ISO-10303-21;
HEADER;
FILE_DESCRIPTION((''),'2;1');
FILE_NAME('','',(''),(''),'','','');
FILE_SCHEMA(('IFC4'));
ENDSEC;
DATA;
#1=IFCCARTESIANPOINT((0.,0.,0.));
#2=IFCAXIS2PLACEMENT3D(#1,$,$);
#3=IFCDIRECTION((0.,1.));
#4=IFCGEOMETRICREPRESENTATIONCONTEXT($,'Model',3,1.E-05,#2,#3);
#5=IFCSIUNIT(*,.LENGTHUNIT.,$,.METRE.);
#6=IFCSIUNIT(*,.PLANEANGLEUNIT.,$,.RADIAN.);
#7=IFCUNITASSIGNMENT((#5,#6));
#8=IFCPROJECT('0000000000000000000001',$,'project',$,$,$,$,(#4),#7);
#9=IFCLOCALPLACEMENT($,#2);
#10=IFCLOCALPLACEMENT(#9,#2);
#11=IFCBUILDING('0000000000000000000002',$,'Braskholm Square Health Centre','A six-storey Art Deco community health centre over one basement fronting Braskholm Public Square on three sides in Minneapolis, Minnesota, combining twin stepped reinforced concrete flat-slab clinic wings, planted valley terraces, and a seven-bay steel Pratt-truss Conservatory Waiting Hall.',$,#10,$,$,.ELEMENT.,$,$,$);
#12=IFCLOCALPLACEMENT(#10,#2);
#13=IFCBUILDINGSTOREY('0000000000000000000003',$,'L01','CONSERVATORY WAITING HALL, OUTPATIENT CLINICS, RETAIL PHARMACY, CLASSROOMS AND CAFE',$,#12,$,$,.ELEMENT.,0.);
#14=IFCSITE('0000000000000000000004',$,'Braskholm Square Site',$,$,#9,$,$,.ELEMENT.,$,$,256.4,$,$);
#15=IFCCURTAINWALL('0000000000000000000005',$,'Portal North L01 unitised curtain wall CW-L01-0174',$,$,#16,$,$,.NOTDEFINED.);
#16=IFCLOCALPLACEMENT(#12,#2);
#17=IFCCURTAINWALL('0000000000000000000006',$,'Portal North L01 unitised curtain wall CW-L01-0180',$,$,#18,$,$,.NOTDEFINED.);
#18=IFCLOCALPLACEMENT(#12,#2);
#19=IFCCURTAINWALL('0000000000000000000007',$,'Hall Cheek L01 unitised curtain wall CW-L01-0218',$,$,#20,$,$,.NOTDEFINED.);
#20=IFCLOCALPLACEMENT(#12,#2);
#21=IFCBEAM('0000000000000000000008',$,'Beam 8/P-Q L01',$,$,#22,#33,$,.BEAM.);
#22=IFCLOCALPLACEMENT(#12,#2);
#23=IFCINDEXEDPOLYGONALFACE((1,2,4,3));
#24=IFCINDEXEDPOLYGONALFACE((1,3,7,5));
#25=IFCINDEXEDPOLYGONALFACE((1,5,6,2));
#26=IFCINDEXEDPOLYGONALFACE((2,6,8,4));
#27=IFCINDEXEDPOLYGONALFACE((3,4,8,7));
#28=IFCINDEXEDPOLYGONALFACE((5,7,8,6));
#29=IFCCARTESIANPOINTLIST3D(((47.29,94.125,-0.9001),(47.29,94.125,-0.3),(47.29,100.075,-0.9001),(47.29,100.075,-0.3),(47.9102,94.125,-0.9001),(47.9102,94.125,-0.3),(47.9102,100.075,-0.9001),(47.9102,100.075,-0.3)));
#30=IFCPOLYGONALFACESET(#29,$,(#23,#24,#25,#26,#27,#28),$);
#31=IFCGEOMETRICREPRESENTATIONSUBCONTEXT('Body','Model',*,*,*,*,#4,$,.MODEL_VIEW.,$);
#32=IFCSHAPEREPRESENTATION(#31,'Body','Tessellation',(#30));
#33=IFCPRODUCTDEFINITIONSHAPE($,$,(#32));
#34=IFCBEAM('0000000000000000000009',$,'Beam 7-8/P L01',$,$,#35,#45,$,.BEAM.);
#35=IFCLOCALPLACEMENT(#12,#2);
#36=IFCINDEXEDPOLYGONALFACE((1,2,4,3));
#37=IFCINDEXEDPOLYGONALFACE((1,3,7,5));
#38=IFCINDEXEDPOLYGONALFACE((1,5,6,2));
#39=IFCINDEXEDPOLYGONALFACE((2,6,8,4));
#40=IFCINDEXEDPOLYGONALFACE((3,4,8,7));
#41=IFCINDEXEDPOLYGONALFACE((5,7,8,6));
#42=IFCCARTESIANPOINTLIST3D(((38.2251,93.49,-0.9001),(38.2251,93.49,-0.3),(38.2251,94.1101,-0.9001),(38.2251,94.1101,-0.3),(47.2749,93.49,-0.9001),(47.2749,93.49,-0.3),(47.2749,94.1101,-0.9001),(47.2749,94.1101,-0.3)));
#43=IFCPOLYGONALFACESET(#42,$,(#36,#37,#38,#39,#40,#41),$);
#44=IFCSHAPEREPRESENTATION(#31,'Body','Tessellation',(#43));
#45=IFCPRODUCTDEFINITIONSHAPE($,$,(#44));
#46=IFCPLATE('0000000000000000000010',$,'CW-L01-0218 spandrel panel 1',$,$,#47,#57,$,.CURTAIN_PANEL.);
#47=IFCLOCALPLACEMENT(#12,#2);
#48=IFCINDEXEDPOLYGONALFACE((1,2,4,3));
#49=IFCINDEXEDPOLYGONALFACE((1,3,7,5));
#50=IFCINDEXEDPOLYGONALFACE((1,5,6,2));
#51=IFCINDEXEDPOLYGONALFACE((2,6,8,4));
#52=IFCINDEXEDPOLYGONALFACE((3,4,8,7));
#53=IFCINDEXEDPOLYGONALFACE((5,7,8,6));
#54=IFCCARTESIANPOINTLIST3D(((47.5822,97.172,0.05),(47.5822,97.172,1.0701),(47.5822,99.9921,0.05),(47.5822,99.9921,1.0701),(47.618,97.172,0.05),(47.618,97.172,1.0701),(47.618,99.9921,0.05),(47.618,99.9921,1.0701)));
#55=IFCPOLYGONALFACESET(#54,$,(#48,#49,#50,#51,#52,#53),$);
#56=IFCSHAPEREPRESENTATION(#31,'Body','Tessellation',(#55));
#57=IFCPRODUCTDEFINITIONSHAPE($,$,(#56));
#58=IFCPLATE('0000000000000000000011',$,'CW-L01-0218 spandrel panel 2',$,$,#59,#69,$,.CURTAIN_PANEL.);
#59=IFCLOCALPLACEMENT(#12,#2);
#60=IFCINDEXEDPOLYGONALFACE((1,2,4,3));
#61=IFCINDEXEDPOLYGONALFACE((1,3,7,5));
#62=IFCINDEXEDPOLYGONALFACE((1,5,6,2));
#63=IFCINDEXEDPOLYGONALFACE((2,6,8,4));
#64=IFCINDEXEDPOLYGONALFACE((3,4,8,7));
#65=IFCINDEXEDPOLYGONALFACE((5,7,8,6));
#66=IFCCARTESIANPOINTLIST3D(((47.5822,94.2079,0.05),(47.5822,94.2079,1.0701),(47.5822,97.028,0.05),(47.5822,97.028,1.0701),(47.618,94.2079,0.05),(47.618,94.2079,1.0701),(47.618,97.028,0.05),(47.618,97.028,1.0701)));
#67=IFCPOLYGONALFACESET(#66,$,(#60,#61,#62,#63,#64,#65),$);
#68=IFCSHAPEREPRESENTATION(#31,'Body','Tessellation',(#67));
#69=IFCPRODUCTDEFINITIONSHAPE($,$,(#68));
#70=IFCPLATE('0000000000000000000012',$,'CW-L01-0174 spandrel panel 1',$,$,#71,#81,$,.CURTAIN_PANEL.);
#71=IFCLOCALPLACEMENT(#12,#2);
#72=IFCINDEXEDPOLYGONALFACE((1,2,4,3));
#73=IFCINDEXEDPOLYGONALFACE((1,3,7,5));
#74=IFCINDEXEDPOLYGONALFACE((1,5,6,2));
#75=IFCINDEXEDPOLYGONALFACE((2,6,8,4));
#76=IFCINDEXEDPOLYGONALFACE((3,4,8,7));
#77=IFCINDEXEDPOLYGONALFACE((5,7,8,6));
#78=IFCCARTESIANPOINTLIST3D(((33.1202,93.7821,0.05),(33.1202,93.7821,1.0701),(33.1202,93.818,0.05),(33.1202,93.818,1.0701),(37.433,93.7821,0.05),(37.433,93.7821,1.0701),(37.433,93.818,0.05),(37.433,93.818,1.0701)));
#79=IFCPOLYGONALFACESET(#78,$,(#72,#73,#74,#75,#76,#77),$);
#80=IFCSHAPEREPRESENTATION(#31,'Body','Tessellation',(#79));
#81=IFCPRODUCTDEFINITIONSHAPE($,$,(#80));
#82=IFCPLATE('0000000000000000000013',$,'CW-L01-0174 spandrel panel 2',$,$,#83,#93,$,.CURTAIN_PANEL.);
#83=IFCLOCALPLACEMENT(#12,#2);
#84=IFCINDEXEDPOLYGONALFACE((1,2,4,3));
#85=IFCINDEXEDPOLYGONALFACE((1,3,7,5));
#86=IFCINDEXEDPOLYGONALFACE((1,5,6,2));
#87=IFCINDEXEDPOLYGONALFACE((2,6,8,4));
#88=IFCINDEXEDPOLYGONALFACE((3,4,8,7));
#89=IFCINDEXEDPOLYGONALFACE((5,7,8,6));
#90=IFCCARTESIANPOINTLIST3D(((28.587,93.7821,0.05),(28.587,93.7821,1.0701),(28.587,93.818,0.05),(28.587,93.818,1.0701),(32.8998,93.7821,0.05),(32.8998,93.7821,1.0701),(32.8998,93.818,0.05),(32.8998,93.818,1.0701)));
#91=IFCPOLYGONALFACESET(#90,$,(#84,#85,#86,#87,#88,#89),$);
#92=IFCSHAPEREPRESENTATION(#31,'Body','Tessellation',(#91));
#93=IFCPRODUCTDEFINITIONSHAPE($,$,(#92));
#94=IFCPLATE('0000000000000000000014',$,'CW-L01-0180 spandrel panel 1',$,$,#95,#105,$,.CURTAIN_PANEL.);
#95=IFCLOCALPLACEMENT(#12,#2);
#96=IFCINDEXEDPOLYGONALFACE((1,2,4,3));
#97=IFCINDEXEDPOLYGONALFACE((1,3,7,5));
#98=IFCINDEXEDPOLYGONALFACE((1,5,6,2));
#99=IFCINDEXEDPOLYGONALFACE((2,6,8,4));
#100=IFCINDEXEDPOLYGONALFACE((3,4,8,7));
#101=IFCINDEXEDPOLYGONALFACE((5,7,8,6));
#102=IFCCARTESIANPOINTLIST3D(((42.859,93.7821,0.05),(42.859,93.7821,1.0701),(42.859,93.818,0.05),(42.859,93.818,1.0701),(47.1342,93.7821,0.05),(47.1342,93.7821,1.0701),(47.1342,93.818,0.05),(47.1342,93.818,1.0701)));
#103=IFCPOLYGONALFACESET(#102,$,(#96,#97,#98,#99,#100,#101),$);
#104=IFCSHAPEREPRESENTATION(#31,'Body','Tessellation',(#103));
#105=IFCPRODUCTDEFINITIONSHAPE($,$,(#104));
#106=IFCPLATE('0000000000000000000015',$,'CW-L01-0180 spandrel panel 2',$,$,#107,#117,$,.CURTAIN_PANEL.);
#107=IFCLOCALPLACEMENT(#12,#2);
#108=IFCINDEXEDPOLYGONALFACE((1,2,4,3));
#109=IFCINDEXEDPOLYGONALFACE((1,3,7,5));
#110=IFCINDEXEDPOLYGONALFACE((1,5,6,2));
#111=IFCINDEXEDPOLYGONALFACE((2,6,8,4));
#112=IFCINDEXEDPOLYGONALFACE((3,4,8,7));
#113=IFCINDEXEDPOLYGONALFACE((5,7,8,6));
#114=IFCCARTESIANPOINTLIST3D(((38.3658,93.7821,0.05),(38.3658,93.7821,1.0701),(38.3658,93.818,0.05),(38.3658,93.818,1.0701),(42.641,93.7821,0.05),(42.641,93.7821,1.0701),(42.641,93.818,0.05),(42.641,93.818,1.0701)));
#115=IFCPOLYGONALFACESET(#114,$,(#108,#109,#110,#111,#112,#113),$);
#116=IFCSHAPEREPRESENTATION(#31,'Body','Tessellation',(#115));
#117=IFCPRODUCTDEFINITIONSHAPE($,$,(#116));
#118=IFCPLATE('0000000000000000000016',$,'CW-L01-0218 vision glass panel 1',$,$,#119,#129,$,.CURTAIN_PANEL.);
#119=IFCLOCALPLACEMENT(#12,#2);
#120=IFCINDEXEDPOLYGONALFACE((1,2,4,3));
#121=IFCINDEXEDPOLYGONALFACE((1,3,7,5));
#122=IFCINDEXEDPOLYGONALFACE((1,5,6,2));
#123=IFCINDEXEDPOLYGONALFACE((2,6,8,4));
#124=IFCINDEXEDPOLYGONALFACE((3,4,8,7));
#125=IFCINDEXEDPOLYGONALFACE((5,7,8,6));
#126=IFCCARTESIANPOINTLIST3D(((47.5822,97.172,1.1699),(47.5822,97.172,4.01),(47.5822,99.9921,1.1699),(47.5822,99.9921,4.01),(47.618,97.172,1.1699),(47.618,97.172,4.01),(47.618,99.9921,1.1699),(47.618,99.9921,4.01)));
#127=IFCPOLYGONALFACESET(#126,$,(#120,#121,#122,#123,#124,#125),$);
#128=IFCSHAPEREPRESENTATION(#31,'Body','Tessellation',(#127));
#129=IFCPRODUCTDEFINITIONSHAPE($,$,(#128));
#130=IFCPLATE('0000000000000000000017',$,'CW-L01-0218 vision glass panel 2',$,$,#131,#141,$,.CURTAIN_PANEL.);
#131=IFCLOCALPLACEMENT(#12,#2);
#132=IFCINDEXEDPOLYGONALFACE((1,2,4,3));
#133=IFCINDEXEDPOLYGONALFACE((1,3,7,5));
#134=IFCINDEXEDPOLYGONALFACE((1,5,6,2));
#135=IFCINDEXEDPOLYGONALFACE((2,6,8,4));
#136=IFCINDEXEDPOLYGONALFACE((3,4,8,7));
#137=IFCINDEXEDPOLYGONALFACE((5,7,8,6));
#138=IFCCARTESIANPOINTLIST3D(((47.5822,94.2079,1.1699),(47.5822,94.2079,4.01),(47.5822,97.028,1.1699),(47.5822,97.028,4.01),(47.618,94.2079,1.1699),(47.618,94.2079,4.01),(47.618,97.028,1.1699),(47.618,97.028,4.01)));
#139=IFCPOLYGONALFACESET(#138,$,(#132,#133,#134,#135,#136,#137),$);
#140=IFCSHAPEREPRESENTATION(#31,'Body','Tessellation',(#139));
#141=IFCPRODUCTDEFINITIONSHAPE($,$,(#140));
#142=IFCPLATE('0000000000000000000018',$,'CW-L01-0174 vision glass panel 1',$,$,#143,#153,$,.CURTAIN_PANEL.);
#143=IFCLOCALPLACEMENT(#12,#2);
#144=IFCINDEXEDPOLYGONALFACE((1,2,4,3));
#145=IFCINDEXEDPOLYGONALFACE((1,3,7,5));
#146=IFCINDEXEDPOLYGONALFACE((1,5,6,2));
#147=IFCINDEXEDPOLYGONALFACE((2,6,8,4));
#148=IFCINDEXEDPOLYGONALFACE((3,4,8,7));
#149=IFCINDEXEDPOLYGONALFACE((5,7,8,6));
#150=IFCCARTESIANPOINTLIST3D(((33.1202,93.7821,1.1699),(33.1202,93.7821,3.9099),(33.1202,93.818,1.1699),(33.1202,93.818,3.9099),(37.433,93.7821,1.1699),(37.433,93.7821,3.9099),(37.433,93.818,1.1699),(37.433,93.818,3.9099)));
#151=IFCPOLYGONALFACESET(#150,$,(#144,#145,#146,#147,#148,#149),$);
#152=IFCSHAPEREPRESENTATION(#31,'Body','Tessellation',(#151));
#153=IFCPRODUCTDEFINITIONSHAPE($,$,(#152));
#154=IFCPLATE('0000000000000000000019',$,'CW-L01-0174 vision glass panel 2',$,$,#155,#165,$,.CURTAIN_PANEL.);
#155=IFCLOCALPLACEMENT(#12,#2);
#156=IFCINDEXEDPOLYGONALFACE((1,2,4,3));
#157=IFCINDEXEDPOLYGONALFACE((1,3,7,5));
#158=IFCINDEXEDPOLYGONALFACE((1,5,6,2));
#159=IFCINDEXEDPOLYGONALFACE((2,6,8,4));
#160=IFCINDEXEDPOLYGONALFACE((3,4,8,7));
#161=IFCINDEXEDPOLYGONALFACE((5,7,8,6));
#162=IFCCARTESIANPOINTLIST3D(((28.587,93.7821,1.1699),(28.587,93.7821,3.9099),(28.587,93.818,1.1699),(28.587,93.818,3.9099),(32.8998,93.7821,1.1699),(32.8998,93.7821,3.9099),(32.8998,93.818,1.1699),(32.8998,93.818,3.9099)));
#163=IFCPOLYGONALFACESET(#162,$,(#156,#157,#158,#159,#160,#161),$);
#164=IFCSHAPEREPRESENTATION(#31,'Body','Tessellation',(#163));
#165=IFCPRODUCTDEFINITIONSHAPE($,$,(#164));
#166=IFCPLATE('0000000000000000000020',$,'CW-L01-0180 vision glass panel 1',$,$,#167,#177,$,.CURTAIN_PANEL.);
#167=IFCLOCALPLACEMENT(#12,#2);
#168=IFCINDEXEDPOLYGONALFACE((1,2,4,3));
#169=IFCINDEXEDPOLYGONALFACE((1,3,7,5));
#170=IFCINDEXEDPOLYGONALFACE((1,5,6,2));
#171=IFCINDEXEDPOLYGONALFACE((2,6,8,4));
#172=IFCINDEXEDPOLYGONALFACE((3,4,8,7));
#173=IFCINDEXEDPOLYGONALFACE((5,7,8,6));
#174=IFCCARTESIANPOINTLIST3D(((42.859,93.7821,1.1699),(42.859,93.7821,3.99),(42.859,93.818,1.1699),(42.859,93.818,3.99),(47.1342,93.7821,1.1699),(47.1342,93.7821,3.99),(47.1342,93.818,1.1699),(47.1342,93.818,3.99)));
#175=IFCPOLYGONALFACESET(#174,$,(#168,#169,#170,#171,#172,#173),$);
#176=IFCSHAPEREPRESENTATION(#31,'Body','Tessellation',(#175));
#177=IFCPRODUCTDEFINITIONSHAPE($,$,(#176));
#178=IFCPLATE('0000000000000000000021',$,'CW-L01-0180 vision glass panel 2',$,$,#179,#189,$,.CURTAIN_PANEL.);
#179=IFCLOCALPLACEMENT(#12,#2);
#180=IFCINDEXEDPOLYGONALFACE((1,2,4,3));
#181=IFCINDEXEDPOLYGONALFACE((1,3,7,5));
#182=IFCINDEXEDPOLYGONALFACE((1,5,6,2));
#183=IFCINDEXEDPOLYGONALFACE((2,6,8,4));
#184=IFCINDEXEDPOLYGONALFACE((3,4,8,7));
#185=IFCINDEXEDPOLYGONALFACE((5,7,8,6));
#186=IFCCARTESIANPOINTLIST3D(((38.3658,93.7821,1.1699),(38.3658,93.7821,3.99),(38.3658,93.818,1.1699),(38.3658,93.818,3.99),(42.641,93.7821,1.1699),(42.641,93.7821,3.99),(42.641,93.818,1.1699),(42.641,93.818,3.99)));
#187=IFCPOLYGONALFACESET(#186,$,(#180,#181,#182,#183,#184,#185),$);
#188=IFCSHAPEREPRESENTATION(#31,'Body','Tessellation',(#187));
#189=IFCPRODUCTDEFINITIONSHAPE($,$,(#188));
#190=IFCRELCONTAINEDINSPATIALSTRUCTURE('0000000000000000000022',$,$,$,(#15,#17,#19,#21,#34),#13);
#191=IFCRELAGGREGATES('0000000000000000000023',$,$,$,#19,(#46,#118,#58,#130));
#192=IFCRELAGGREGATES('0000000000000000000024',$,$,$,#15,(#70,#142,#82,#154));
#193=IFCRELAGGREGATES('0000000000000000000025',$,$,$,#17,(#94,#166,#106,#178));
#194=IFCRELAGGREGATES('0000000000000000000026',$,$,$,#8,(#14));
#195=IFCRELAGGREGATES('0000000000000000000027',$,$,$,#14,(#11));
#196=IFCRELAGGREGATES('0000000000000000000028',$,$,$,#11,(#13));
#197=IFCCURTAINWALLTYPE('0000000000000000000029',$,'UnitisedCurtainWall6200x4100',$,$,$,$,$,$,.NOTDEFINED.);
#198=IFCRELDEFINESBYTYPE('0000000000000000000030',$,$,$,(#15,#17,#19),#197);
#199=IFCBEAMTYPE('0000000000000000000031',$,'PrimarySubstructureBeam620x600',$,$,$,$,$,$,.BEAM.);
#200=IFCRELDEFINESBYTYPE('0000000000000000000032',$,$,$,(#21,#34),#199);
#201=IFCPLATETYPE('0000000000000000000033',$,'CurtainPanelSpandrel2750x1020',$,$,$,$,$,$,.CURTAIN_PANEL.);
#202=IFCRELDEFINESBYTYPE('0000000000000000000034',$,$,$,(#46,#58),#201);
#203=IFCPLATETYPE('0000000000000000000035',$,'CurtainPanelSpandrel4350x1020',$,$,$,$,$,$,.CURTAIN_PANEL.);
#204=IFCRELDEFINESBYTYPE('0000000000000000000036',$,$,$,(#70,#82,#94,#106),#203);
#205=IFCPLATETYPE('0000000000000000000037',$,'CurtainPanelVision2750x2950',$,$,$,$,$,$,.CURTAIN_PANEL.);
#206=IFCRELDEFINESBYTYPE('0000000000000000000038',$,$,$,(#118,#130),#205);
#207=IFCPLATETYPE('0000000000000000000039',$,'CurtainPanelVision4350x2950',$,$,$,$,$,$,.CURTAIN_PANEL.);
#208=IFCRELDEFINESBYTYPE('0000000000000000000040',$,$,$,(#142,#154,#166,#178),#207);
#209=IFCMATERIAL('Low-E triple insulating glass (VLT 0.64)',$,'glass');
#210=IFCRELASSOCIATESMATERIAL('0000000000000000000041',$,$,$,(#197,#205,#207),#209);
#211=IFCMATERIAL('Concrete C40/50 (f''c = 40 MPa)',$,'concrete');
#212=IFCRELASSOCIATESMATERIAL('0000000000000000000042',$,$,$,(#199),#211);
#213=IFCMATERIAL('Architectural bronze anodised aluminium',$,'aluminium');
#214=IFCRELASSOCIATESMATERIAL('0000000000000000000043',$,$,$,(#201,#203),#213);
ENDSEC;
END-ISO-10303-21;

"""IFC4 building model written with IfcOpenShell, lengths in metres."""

from ifc_helpers import new_model, si_unit, direction, frame, origin, origin_2d, place, context, subcontext, project, spatial, rectangle, extrude, material, material_profile, profile_set, type_object, element, aggregate, save


model = new_model("IFC4")

# Units and contexts
model_context = context("Model", 3, precision=1e-05, world=origin(), true_north=direction((0.0, 1.0)))
body_context = subcontext(model_context, "Body", "Model", "MODEL_VIEW")
ifc_project = project(units=[si_unit("LENGTHUNIT", "METRE"), si_unit("PLANEANGLEUNIT", "RADIAN")], contexts=[model_context])

# Site, building, storey
site_placement = place(None, origin())
site = spatial("IfcSite", under=ifc_project, at=site_placement, Name="Braskholm Square Site", CompositionType="ELEMENT", RefElevation=256.4)
building_placement = place(site_placement, origin())
building = spatial("IfcBuilding", under=site, at=building_placement, Name="Braskholm Square Health Centre", Description="A six-storey Art Deco community health centre over one basement fronting Braskholm Public Square on three sides in Minneapolis, Minnesota, combining twin stepped reinforced concrete flat-slab clinic wings, planted valley terraces, and a seven-bay steel Pratt-truss Conservatory Waiting Hall.", CompositionType="ELEMENT")
storey_placement = place(building_placement, origin())
storey = spatial("IfcBuildingStorey", under=building, at=storey_placement, Name="L01", Description="CONSERVATORY WAITING HALL, OUTPATIENT CLINICS, RETAIL PHARMACY, CLASSROOMS AND CAFE", CompositionType="ELEMENT", Elevation=0.0)

# Shared definitions
ifc_material_1 = material(Name="Concrete C40/50 (f'c = 40 MPa)", Category="concrete")

# Curtain walls
ifc_material_2 = material(Name="Low-E triple insulating glass (VLT 0.64)", Category="glass")
curtain_wall_type = type_object("IfcCurtainWallType", Name="UnitisedCurtainWall6200x4100", PredefinedType="NOTDEFINED", material=ifc_material_2)
curtain_wall_1_placement = place(storey_placement, origin())
curtain_wall_1 = element("IfcCurtainWall", 1, at=curtain_wall_1_placement, inside=storey, type_object=curtain_wall_type, Name="Portal North L01 unitised curtain wall CW-L01-0174", PredefinedType="NOTDEFINED")
ifc_material_3 = material(Name="Architectural bronze anodised aluminium", Category="aluminium")
curtain_wall_2_placement = place(storey_placement, origin())
curtain_wall_2 = element("IfcCurtainWall", 2, at=curtain_wall_2_placement, inside=storey, type_object=curtain_wall_type, Name="Portal North L01 unitised curtain wall CW-L01-0180", PredefinedType="NOTDEFINED")
curtain_wall_3_placement = place(storey_placement, origin())
curtain_wall_3 = element("IfcCurtainWall", 3, at=curtain_wall_3_placement, inside=storey, type_object=curtain_wall_type, Name="Hall Cheek L01 unitised curtain wall CW-L01-0218", PredefinedType="NOTDEFINED")

# Beams
ifc_material_profile_1 = material_profile(ifc_material_1, rectangle(XDim=0.6201, YDim=0.6001, at=origin_2d()), Name="RCB-620X600")
ifc_profile_set_1 = profile_set([ifc_material_profile_1], Name="Concrete C40/50 (f'c = 40 MPa)")
beam_type = type_object("IfcBeamType", Name="PrimarySubstructureBeam620x600", PredefinedType="BEAM", material=ifc_profile_set_1)
beam_1_placement = place(storey_placement, frame((47.6001, 94.125, -0.6001), z_axis=(0.0, 1.0, 0.0), x_axis=(-1.0, 0.0, 0.0)))
element("IfcBeam", 4, at=beam_1_placement, inside=storey, type_object=beam_type, Name="Beam 8/P-Q L01", PredefinedType="BEAM", context=body_context, shape_type="SweptSolid", body=[
    extrude(rectangle(XDim=0.6201, YDim=0.6001, at=origin_2d()), origin(), (0.0, 0.0, 1.0), 5.95),
])
beam_2_placement = place(storey_placement, frame((38.2251, 93.8, -0.6001), z_axis=(1.0, 0.0, 0.0), x_axis=(0.0, 1.0, 0.0)))
element("IfcBeam", 5, at=beam_2_placement, inside=storey, type_object=beam_type, Name="Beam 7-8/P L01", PredefinedType="BEAM", context=body_context, shape_type="SweptSolid", body=[
    extrude(rectangle(XDim=0.6201, YDim=0.6001, at=origin_2d()), origin(), (0.0, 0.0, 1.0), 9.0498),
])

# Plates
plate_type_1 = type_object("IfcPlateType", Name="CurtainPanelSpandrel2750x1020", PredefinedType="CURTAIN_PANEL", material=ifc_material_3)
plate_1_placement = place(storey_placement, frame((47.6001, 98.582, 0.05), z_axis=(0.0, 0.0, 1.0), x_axis=(0.0, -1.0, 0.0)))
plate_1 = element("IfcPlate", 6, at=plate_1_placement, type_object=plate_type_1, Name="CW-L01-0218 spandrel panel 1", PredefinedType="CURTAIN_PANEL", context=body_context, shape_type="SweptSolid", body=[
    extrude(rectangle(XDim=2.8201, YDim=0.0359, at=origin_2d()), origin(), (0.0, 0.0, 1.0), 1.02),
])
plate_2_placement = place(storey_placement, frame((47.6001, 95.6179, 0.05), z_axis=(0.0, 0.0, 1.0), x_axis=(0.0, -1.0, 0.0)))
plate_2 = element("IfcPlate", 7, at=plate_2_placement, type_object=plate_type_1, Name="CW-L01-0218 spandrel panel 2", PredefinedType="CURTAIN_PANEL", context=body_context, shape_type="SweptSolid", body=[
    extrude(rectangle(XDim=2.8201, YDim=0.0359, at=origin_2d()), origin(), (0.0, 0.0, 1.0), 1.02),
])
plate_type_2 = type_object("IfcPlateType", Name="CurtainPanelSpandrel4350x1020", PredefinedType="CURTAIN_PANEL", material=ifc_material_3)
plate_3_placement = place(storey_placement, frame((35.2766, 93.8, 0.05), z_axis=(0.0, 0.0, 1.0), x_axis=(-1.0, 0.0, 0.0)))
plate_3 = element("IfcPlate", 8, at=plate_3_placement, type_object=plate_type_2, Name="CW-L01-0174 spandrel panel 1", PredefinedType="CURTAIN_PANEL", context=body_context, shape_type="SweptSolid", body=[
    extrude(rectangle(XDim=4.3127, YDim=0.0359, at=origin_2d()), origin(), (0.0, 0.0, 1.0), 1.02),
])
plate_4_placement = place(storey_placement, frame((30.7434, 93.8, 0.05), z_axis=(0.0, 0.0, 1.0), x_axis=(-1.0, 0.0, 0.0)))
plate_4 = element("IfcPlate", 9, at=plate_4_placement, type_object=plate_type_2, Name="CW-L01-0174 spandrel panel 2", PredefinedType="CURTAIN_PANEL", context=body_context, shape_type="SweptSolid", body=[
    extrude(rectangle(XDim=4.3127, YDim=0.0359, at=origin_2d()), origin(), (0.0, 0.0, 1.0), 1.02),
])
plate_5_placement = place(storey_placement, frame((44.9966, 93.8, 0.05), z_axis=(0.0, 0.0, 1.0), x_axis=(-1.0, 0.0, 0.0)))
plate_5 = element("IfcPlate", 10, at=plate_5_placement, type_object=plate_type_2, Name="CW-L01-0180 spandrel panel 1", PredefinedType="CURTAIN_PANEL", context=body_context, shape_type="SweptSolid", body=[
    extrude(rectangle(XDim=4.2751, YDim=0.0359, at=origin_2d()), origin(), (0.0, 0.0, 1.0), 1.02),
])
plate_6_placement = place(storey_placement, frame((40.5034, 93.8, 0.05), z_axis=(0.0, 0.0, 1.0), x_axis=(-1.0, 0.0, 0.0)))
plate_6 = element("IfcPlate", 11, at=plate_6_placement, type_object=plate_type_2, Name="CW-L01-0180 spandrel panel 2", PredefinedType="CURTAIN_PANEL", context=body_context, shape_type="SweptSolid", body=[
    extrude(rectangle(XDim=4.2751, YDim=0.0359, at=origin_2d()), origin(), (0.0, 0.0, 1.0), 1.02),
])
plate_type_3 = type_object("IfcPlateType", Name="CurtainPanelVision2750x2950", PredefinedType="CURTAIN_PANEL", material=ifc_material_2)
plate_7_placement = place(storey_placement, frame((47.6001, 98.582, 1.1699), z_axis=(0.0, 0.0, 1.0), x_axis=(0.0, -1.0, 0.0)))
plate_7 = element("IfcPlate", 12, at=plate_7_placement, type_object=plate_type_3, Name="CW-L01-0218 vision glass panel 1", PredefinedType="CURTAIN_PANEL", context=body_context, shape_type="SweptSolid", body=[
    extrude(rectangle(XDim=2.8201, YDim=0.0359, at=origin_2d()), origin(), (0.0, 0.0, 1.0), 2.8401),
])
plate_8_placement = place(storey_placement, frame((47.6001, 95.6179, 1.1699), z_axis=(0.0, 0.0, 1.0), x_axis=(0.0, -1.0, 0.0)))
plate_8 = element("IfcPlate", 13, at=plate_8_placement, type_object=plate_type_3, Name="CW-L01-0218 vision glass panel 2", PredefinedType="CURTAIN_PANEL", context=body_context, shape_type="SweptSolid", body=[
    extrude(rectangle(XDim=2.8201, YDim=0.0359, at=origin_2d()), origin(), (0.0, 0.0, 1.0), 2.8401),
])
aggregate(curtain_wall_3, [plate_1, plate_7, plate_2, plate_8])
plate_type_4 = type_object("IfcPlateType", Name="CurtainPanelVision4350x2950", PredefinedType="CURTAIN_PANEL", material=ifc_material_2)
plate_9_placement = place(storey_placement, frame((35.2766, 93.8, 1.1699), z_axis=(0.0, 0.0, 1.0), x_axis=(-1.0, 0.0, 0.0)))
plate_9 = element("IfcPlate", 14, at=plate_9_placement, type_object=plate_type_4, Name="CW-L01-0174 vision glass panel 1", PredefinedType="CURTAIN_PANEL", context=body_context, shape_type="SweptSolid", body=[
    extrude(rectangle(XDim=4.3127, YDim=0.0359, at=origin_2d()), origin(), (0.0, 0.0, 1.0), 2.74),
])
plate_10_placement = place(storey_placement, frame((30.7434, 93.8, 1.1699), z_axis=(0.0, 0.0, 1.0), x_axis=(-1.0, 0.0, 0.0)))
plate_10 = element("IfcPlate", 15, at=plate_10_placement, type_object=plate_type_4, Name="CW-L01-0174 vision glass panel 2", PredefinedType="CURTAIN_PANEL", context=body_context, shape_type="SweptSolid", body=[
    extrude(rectangle(XDim=4.3127, YDim=0.0359, at=origin_2d()), origin(), (0.0, 0.0, 1.0), 2.74),
])
aggregate(curtain_wall_1, [plate_3, plate_9, plate_4, plate_10])
plate_11_placement = place(storey_placement, frame((44.9966, 93.8, 1.1699), z_axis=(0.0, 0.0, 1.0), x_axis=(-1.0, 0.0, 0.0)))
plate_11 = element("IfcPlate", 16, at=plate_11_placement, type_object=plate_type_4, Name="CW-L01-0180 vision glass panel 1", PredefinedType="CURTAIN_PANEL", context=body_context, shape_type="SweptSolid", body=[
    extrude(rectangle(XDim=4.2751, YDim=0.0359, at=origin_2d()), origin(), (0.0, 0.0, 1.0), 2.8201),
])
plate_12_placement = place(storey_placement, frame((40.5034, 93.8, 1.1699), z_axis=(0.0, 0.0, 1.0), x_axis=(-1.0, 0.0, 0.0)))
plate_12 = element("IfcPlate", 17, at=plate_12_placement, type_object=plate_type_4, Name="CW-L01-0180 vision glass panel 2", PredefinedType="CURTAIN_PANEL", context=body_context, shape_type="SweptSolid", body=[
    extrude(rectangle(XDim=4.2751, YDim=0.0359, at=origin_2d()), origin(), (0.0, 0.0, 1.0), 2.8201),
])
aggregate(curtain_wall_2, [plate_5, plate_11, plate_6, plate_12])

save(model, "model.ifc")
